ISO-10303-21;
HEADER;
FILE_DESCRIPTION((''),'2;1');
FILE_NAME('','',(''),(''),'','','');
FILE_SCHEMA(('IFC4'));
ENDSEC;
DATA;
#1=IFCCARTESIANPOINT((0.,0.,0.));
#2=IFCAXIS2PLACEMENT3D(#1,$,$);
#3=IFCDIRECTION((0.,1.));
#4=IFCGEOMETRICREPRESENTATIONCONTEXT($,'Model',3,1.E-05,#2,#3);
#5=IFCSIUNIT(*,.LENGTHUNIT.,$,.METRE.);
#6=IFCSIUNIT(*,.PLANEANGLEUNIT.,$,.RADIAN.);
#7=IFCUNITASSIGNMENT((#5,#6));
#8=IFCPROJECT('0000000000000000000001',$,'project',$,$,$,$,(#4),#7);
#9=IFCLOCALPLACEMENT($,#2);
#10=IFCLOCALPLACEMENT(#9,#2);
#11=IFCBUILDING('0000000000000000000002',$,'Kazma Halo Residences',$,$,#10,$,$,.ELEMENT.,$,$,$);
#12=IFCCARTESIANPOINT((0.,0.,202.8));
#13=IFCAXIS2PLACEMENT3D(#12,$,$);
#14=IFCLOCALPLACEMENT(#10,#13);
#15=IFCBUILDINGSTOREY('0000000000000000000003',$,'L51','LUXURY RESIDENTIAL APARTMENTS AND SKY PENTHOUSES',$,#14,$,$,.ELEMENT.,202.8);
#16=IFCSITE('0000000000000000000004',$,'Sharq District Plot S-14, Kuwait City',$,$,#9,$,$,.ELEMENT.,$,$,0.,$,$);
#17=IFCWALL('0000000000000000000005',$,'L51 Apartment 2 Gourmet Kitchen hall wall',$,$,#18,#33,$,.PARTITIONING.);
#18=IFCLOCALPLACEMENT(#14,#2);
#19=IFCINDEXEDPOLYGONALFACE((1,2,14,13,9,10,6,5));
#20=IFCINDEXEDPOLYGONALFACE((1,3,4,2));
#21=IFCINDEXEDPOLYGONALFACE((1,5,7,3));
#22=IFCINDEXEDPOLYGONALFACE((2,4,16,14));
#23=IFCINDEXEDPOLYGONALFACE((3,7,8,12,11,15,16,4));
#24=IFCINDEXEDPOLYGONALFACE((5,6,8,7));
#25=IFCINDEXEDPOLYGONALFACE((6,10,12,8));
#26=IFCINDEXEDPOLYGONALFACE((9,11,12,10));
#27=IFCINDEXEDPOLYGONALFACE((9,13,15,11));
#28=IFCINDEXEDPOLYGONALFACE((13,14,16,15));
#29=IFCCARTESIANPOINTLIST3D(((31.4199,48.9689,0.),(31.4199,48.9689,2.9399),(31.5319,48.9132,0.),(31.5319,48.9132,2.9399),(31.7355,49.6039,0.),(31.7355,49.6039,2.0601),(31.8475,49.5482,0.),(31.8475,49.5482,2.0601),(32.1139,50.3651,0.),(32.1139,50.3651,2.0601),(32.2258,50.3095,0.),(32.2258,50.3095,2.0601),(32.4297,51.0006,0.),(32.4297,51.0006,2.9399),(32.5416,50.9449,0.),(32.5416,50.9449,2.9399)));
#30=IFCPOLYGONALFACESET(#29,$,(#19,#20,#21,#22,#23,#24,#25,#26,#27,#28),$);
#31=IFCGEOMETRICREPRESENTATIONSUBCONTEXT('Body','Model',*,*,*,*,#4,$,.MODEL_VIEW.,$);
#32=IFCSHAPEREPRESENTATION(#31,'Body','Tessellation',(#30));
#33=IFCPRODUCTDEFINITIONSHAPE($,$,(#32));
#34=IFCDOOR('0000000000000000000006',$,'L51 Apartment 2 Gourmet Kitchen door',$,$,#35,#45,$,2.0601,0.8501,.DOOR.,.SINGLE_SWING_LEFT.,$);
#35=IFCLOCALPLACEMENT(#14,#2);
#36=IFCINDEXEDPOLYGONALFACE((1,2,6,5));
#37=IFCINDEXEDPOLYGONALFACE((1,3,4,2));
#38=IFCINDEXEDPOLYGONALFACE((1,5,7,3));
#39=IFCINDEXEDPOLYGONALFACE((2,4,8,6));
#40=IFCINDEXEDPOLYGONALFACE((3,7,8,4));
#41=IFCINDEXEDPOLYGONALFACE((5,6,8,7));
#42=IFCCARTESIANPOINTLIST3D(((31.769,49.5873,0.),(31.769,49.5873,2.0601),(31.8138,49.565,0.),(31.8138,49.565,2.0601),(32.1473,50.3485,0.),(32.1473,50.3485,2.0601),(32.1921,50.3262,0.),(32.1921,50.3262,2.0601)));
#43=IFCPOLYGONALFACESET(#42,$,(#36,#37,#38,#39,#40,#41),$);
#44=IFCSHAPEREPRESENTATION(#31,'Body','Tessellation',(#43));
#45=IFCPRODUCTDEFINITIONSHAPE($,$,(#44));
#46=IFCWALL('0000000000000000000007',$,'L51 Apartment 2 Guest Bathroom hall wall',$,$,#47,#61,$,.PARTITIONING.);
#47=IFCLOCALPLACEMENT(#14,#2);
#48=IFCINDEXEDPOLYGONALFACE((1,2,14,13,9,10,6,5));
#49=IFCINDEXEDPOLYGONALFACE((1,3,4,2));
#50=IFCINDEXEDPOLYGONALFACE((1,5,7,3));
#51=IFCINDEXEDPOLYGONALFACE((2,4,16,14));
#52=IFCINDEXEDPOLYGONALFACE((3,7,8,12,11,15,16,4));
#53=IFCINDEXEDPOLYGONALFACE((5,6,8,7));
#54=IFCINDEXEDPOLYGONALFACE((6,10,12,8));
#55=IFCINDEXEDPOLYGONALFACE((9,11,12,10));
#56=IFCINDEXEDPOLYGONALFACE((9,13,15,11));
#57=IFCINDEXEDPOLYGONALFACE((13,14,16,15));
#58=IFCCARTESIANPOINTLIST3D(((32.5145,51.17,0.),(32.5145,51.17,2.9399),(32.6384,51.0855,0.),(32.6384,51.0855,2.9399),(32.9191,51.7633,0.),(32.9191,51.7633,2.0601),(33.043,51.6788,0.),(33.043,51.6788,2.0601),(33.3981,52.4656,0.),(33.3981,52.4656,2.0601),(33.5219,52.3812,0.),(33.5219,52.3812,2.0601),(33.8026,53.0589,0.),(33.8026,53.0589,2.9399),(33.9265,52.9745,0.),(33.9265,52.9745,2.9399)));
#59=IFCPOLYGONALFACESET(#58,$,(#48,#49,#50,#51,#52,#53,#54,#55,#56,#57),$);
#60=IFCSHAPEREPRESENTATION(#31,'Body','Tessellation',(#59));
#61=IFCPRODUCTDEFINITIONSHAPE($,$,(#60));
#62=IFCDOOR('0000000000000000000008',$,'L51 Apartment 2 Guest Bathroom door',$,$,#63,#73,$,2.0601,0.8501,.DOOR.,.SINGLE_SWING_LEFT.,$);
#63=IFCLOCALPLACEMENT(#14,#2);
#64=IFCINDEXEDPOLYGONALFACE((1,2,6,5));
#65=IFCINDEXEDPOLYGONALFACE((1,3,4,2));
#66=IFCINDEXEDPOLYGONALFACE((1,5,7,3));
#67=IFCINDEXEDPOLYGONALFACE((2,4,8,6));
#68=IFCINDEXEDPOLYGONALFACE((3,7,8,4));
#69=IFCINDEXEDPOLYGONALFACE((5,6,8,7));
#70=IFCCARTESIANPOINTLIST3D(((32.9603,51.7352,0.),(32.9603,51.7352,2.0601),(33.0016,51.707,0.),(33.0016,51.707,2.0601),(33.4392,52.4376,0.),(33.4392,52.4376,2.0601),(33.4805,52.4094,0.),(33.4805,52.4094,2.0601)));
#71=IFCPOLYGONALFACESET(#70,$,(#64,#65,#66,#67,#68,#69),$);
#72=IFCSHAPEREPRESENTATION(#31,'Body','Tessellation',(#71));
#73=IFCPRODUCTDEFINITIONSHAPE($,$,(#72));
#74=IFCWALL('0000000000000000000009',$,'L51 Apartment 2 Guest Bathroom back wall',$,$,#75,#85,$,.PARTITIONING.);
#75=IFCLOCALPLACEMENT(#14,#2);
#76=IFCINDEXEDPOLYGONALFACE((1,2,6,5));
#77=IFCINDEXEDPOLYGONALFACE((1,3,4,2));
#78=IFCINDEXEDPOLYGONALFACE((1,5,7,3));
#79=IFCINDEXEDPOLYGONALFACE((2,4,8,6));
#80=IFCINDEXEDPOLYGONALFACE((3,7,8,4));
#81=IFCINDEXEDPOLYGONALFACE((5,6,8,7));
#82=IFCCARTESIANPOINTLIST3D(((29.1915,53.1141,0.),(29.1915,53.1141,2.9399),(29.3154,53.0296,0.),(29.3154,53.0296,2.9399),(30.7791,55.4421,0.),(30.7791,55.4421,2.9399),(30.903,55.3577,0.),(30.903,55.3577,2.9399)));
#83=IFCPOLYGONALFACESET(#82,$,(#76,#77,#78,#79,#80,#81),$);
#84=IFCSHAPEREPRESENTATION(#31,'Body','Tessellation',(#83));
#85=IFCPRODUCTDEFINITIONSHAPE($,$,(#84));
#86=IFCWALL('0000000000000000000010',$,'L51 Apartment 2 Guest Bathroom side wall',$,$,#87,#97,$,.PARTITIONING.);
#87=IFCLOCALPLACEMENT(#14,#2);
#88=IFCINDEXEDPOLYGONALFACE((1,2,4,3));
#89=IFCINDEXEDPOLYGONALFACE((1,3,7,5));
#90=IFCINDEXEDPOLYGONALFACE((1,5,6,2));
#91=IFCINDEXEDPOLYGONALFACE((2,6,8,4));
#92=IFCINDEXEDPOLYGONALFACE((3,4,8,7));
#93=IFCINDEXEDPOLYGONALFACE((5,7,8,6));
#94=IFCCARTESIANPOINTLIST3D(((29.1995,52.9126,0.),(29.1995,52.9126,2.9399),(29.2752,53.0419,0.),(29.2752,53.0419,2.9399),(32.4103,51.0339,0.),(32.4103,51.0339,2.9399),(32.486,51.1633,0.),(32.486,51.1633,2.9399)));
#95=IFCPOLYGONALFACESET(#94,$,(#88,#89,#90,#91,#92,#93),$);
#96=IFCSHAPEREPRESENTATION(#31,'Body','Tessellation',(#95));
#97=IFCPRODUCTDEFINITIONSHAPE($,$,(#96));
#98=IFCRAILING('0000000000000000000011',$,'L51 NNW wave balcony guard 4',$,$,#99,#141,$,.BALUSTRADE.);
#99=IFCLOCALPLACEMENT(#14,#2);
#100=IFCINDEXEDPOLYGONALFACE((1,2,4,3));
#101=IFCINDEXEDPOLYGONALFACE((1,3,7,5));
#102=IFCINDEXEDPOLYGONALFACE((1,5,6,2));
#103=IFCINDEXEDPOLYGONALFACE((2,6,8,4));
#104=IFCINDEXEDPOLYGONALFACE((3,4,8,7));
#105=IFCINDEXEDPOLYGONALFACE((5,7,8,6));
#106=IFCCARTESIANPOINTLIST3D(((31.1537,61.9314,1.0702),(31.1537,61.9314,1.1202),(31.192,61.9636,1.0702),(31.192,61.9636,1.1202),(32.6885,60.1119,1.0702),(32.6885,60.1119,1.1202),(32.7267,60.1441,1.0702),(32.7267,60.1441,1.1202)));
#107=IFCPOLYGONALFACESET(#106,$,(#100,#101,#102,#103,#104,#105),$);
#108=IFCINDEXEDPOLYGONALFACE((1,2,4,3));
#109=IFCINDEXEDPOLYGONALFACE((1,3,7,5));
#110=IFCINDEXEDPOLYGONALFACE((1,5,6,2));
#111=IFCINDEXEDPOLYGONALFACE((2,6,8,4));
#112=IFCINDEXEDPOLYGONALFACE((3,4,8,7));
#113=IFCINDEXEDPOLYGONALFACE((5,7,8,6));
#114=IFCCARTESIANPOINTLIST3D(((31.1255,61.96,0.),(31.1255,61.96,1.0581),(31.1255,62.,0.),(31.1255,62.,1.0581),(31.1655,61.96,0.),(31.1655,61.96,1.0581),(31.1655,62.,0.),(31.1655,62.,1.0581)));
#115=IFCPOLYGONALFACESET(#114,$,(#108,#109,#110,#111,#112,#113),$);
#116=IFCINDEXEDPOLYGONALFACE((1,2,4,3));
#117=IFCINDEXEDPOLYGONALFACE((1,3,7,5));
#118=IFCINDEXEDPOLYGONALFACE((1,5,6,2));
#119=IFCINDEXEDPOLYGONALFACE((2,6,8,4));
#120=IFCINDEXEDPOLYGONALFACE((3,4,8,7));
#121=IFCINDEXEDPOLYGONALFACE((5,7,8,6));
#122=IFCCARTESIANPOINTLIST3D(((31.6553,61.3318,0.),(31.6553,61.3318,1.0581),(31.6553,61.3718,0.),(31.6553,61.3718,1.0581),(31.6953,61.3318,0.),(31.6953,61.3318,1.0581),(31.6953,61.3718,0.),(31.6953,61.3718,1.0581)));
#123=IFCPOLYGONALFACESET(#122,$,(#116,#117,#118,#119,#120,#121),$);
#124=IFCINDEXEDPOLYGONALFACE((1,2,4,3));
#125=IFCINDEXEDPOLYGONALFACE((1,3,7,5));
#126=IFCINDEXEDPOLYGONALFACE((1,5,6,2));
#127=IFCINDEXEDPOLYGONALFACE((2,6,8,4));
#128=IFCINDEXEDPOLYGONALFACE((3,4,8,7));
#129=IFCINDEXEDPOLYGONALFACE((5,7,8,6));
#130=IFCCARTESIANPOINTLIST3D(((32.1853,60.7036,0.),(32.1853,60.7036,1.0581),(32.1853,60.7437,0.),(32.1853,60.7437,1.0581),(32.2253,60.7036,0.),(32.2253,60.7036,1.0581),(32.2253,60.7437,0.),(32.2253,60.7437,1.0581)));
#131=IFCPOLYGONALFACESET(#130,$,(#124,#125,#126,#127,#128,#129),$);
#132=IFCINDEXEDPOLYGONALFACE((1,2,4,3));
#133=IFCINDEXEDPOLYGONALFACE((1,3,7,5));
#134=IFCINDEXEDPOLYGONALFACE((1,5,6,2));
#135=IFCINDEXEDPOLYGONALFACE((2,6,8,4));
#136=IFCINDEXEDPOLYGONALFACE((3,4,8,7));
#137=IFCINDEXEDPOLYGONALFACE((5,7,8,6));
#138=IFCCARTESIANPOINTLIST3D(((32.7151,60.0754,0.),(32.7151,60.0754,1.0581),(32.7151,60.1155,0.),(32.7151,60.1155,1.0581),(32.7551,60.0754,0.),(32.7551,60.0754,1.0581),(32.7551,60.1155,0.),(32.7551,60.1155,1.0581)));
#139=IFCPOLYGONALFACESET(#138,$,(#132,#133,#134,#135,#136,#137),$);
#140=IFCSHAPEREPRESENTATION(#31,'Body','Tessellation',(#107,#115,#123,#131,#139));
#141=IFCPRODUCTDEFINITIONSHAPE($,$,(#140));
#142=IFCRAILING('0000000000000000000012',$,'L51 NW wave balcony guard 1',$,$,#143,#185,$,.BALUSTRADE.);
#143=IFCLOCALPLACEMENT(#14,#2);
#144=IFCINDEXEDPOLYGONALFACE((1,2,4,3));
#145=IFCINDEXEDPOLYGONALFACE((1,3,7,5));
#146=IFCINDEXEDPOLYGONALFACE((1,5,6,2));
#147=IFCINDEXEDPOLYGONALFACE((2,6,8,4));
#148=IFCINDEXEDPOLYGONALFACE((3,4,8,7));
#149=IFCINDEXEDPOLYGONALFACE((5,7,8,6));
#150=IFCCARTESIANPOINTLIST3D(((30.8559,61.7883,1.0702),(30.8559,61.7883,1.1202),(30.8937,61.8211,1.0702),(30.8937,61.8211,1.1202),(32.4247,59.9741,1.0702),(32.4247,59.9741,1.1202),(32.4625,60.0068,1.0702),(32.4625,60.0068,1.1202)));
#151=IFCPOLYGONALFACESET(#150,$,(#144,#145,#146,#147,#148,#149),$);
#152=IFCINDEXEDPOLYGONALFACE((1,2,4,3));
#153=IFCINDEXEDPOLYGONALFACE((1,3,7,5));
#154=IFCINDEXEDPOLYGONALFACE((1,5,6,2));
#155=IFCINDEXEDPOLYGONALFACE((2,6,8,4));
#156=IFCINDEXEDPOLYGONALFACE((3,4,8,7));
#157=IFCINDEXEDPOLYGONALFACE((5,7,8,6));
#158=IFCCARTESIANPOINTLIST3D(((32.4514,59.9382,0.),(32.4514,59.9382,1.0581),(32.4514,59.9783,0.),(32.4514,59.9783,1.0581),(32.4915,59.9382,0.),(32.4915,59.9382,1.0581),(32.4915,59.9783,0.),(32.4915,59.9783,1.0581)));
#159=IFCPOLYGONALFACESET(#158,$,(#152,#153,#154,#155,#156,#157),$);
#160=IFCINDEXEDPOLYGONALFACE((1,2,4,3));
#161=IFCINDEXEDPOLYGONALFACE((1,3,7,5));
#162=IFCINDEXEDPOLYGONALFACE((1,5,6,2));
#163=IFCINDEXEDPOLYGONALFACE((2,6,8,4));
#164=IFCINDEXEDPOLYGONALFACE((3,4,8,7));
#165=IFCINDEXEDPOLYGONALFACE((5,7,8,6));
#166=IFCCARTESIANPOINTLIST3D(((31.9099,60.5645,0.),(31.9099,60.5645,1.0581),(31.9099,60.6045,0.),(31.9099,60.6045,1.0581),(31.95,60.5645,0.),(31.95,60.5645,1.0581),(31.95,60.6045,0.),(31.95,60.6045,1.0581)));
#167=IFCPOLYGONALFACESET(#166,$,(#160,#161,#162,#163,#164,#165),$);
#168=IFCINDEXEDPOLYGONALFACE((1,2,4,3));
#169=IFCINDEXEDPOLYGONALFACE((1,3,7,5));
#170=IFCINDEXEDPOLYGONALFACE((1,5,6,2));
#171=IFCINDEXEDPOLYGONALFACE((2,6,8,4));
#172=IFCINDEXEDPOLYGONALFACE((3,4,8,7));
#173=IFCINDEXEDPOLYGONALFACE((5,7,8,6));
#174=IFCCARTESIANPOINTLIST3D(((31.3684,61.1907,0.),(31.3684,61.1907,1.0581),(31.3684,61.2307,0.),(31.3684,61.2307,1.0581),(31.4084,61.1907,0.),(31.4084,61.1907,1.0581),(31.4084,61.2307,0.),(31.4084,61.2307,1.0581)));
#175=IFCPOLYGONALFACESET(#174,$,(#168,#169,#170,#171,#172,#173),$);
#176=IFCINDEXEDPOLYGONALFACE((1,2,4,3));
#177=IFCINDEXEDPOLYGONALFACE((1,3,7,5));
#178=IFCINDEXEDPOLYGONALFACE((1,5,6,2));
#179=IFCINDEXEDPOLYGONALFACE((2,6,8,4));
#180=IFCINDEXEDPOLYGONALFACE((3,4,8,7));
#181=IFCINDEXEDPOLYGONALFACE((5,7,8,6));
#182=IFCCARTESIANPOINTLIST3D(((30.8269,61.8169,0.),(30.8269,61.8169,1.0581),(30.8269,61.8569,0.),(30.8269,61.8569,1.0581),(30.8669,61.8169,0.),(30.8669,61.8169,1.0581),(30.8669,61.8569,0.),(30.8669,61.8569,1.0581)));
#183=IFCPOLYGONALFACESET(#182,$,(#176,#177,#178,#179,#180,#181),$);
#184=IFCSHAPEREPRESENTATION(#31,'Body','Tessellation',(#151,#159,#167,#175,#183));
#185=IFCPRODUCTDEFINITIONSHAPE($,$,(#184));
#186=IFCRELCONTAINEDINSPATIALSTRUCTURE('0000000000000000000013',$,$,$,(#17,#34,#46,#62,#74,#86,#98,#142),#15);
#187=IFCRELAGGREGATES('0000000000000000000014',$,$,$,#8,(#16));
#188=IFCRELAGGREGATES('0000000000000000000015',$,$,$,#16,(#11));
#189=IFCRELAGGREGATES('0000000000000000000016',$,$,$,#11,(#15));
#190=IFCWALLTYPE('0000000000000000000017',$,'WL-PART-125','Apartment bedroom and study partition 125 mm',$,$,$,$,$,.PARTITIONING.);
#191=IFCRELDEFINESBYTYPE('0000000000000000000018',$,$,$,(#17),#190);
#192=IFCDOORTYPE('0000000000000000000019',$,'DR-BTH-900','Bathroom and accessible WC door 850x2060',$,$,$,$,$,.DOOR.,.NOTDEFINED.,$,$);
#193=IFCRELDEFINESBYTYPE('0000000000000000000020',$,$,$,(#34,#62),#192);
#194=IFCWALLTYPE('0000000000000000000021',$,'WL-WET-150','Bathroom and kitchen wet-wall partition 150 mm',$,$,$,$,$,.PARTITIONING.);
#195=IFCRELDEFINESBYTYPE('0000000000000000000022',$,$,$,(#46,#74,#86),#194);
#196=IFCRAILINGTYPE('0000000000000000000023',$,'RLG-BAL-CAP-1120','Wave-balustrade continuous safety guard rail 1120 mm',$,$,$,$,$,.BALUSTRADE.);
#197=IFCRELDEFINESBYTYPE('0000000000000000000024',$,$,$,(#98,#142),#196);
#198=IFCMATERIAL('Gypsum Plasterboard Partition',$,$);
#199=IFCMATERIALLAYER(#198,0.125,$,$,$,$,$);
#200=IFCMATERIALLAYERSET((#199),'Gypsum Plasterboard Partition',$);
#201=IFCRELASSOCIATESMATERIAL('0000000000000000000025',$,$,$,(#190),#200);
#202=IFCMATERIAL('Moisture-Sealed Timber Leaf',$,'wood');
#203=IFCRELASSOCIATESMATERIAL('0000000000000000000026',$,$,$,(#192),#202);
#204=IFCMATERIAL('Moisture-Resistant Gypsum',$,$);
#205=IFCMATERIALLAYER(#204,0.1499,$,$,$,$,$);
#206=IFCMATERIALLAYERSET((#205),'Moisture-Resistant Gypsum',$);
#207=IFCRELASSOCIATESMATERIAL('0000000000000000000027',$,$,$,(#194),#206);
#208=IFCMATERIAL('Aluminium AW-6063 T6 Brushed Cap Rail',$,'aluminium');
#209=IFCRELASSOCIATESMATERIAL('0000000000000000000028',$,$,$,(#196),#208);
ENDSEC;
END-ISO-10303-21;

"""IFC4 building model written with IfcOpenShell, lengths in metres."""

from ifc_helpers import new_model, si_unit, direction, frame, frame_2d, origin, origin_2d, place, context, subcontext, project, spatial, rectangle, extrude, material, layer, layer_set, type_object, element, fill, save


model = new_model("IFC4")

# Units and contexts
model_context = context("Model", 3, precision=1e-05, world=origin(), true_north=direction((0.0, 1.0)))
body_context = subcontext(model_context, "Body", "Model", "MODEL_VIEW")
ifc_project = project(units=[si_unit("LENGTHUNIT", "METRE"), si_unit("PLANEANGLEUNIT", "RADIAN")], contexts=[model_context])

# Site, building, storey
site_placement = place(None, origin())
site = spatial("IfcSite", under=ifc_project, at=site_placement, Name="Sharq District Plot S-14, Kuwait City", CompositionType="ELEMENT", RefElevation=0.0)
building_placement = place(site_placement, origin())
building = spatial("IfcBuilding", under=site, at=building_placement, Name="Kazma Halo Residences", CompositionType="ELEMENT")
storey_placement = place(building_placement, frame((0.0, 0.0, 202.8)))
storey = spatial("IfcBuildingStorey", under=building, at=storey_placement, Name="L51", Description="LUXURY RESIDENTIAL APARTMENTS AND SKY PENTHOUSES", CompositionType="ELEMENT", Elevation=202.8)

# Shared definitions
ifc_material_1 = material(Name="Gypsum Plasterboard Partition")
ifc_layer_1 = layer(ifc_material_1, 0.125)
ifc_layer_set_1 = layer_set([ifc_layer_1], Name="Gypsum Plasterboard Partition")
wall_type_1 = type_object("IfcWallType", Name="WL-PART-125", Description="Apartment bedroom and study partition 125 mm", PredefinedType="PARTITIONING", material=ifc_layer_set_1)

# Walls, openings, doors
ifc_material_2 = material(Name="Moisture-Sealed Timber Leaf", Category="wood")
door_type_1 = type_object("IfcDoorType", Name="DR-BTH-900", Description="Bathroom and accessible WC door 850x2060", OperationType="NOTDEFINED", PredefinedType="DOOR", material=ifc_material_2)
wall_1_placement = place(storey_placement, frame((32.4856, 50.9727, 0.0), z_axis=(0.0, 0.0, 1.0), x_axis=(-0.44506, -0.895501, 0.0)))
wall_1 = element("IfcWall", 1, at=wall_1_placement, inside=storey, type_object=wall_type_1, Name="L51 Apartment 2 Gourmet Kitchen hall wall", PredefinedType="PARTITIONING", context=body_context, shape_type="SweptSolid", body=[
    extrude(rectangle(XDim=2.2688, YDim=0.125, at=frame_2d((1.1343, 0.0))), origin(), (0.0, 0.0, 1.0), 2.9399),
])
opening_1_placement = place(wall_1_placement, frame((0.7095, 0.0, 0.0)))
opening_1 = element("IfcOpeningElement", 2, at=opening_1_placement, cuts=wall_1, PredefinedType="OPENING", context=body_context, shape_type="SweptSolid", body=[
    extrude(rectangle(XDim=0.8501, YDim=2.0601, at=frame_2d((0.425, 1.03))), frame((0.0, 0.0725, 0.0), z_axis=(0.0, -1.0, 0.0), x_axis=(1.0, 0.0, 0.0)), (0.0, 0.0, 1.0), 0.145),
])
door_1_placement = place(opening_1_placement, origin())
door_1 = element("IfcDoor", 3, at=door_1_placement, inside=storey, type_object=door_type_1, Name="L51 Apartment 2 Gourmet Kitchen door", OperationType="SINGLE_SWING_LEFT", OverallHeight=2.0601, OverallWidth=0.8501, PredefinedType="DOOR", context=body_context, shape_type="SweptSolid", body=[
    extrude(rectangle(XDim=0.8501, YDim=2.0601, at=frame_2d((0.425, 1.03))), frame((0.0, 0.0249, 0.0), z_axis=(0.0, -1.0, 0.0), x_axis=(1.0, 0.0, 0.0)), (0.0, 0.0, 1.0), 0.05),
])
fill(opening_1, door_1)
ifc_material_3 = material(Name="Moisture-Resistant Gypsum")
ifc_layer_2 = layer(ifc_material_3, 0.1499)
ifc_layer_set_2 = layer_set([ifc_layer_2], Name="Moisture-Resistant Gypsum")
wall_type_2 = type_object("IfcWallType", Name="WL-WET-150", Description="Bathroom and kitchen wet-wall partition 150 mm", PredefinedType="PARTITIONING", material=ifc_layer_set_2)
wall_2_placement = place(storey_placement, frame((33.8645, 53.0166, 0.0), z_axis=(0.0, 0.0, 1.0), x_axis=(-0.563393, -0.826189, 0.0)))
wall_2 = element("IfcWall", 4, at=wall_2_placement, inside=storey, type_object=wall_type_2, Name="L51 Apartment 2 Guest Bathroom hall wall", PredefinedType="PARTITIONING", context=body_context, shape_type="SweptSolid", body=[
    extrude(rectangle(XDim=2.2864, YDim=0.1499, at=frame_2d((1.1431, 0.0))), origin(), (0.0, 0.0, 1.0), 2.9399),
])
opening_2_placement = place(wall_2_placement, frame((0.718, 0.0, 0.0)))
opening_2 = element("IfcOpeningElement", 5, at=opening_2_placement, cuts=wall_2, PredefinedType="OPENING", context=body_context, shape_type="SweptSolid", body=[
    extrude(rectangle(XDim=0.8501, YDim=2.0601, at=frame_2d((0.425, 1.03))), frame((0.0, 0.085, 0.0), z_axis=(0.0, -1.0, 0.0), x_axis=(1.0, 0.0, 0.0)), (0.0, 0.0, 1.0), 0.1699),
])
door_2_placement = place(opening_2_placement, origin())
door_2 = element("IfcDoor", 6, at=door_2_placement, inside=storey, type_object=door_type_1, Name="L51 Apartment 2 Guest Bathroom door", OperationType="SINGLE_SWING_LEFT", OverallHeight=2.0601, OverallWidth=0.8501, PredefinedType="DOOR", context=body_context, shape_type="SweptSolid", body=[
    extrude(rectangle(XDim=0.8501, YDim=2.0601, at=frame_2d((0.425, 1.03))), frame((0.0, 0.0249, 0.0), z_axis=(0.0, -1.0, 0.0), x_axis=(1.0, 0.0, 0.0)), (0.0, 0.0, 1.0), 0.05),
])
fill(opening_2, door_2)

# Walls
wall_3_placement = place(storey_placement, frame((30.8411, 55.3999, 0.0), z_axis=(0.0, 0.0, 1.0), x_axis=(-0.563407, -0.82618, 0.0)))
element("IfcWall", 7, at=wall_3_placement, inside=storey, type_object=wall_type_2, Name="L51 Apartment 2 Guest Bathroom back wall", PredefinedType="PARTITIONING", context=body_context, shape_type="SweptSolid", body=[
    extrude(rectangle(XDim=2.8179, YDim=0.1499, at=frame_2d((1.4089, 0.0))), origin(), (0.0, 0.0, 1.0), 2.9399),
])
wall_4_placement = place(storey_placement, frame((32.448, 51.0986, 0.0), z_axis=(0.0, 0.0, 1.0), x_axis=(-0.863104, 0.505025, 0.0)))
element("IfcWall", 8, at=wall_4_placement, inside=storey, type_object=wall_type_2, Name="L51 Apartment 2 Guest Bathroom side wall", PredefinedType="PARTITIONING", context=body_context, shape_type="SweptSolid", body=[
    extrude(rectangle(XDim=3.72, YDim=0.1499, at=frame_2d((1.8599, 0.0))), origin(), (0.0, 0.0, 1.0), 2.9399),
])

# Railings
ifc_material_4 = material(Name="Aluminium AW-6063 T6 Brushed Cap Rail", Category="aluminium")
railing_type = type_object("IfcRailingType", Name="RLG-BAL-CAP-1120", Description="Wave-balustrade continuous safety guard rail 1120 mm", PredefinedType="BALUSTRADE", material=ifc_material_4)
railing_1_placement = place(storey_placement, frame((31.1455, 61.98, 0.0)))
element("IfcRailing", 9, at=railing_1_placement, inside=storey, type_object=railing_type, Name="L51 NNW wave balcony guard 4", PredefinedType="BALUSTRADE", context=body_context, shape_type="SweptSolid", body=[
    extrude(rectangle(XDim=0.05, YDim=0.05, at=origin_2d()), frame((0.0273, -0.0325, 1.0952), z_axis=(0.644761, -0.764385, 0.0), x_axis=(0.764385, 0.644761, 0.0)), (0.0, 0.0, 1.0), 2.3804),
    extrude(rectangle(XDim=0.04, YDim=0.04, at=origin_2d()), origin(), (0.0, 0.0, 1.0), 1.0581),
    extrude(rectangle(XDim=0.04, YDim=0.04, at=origin_2d()), frame((0.5298, -0.6282, 0.0)), (0.0, 0.0, 1.0), 1.0581),
    extrude(rectangle(XDim=0.04, YDim=0.04, at=origin_2d()), frame((1.0598, -1.2563, 0.0)), (0.0, 0.0, 1.0), 1.0581),
    extrude(rectangle(XDim=0.04, YDim=0.04, at=origin_2d()), frame((1.5896, -1.8845, 0.0)), (0.0, 0.0, 1.0), 1.0581),
])
railing_2_placement = place(storey_placement, frame((32.4714, 59.9583, 0.0)))
element("IfcRailing", 10, at=railing_2_placement, inside=storey, type_object=railing_type, Name="L51 NW wave balcony guard 1", PredefinedType="BALUSTRADE", context=body_context, shape_type="SweptSolid", body=[
    extrude(rectangle(XDim=0.05, YDim=0.05, at=origin_2d()), frame((-0.0278, 0.0322, 1.0952), z_axis=(-0.654088, 0.756418, 0.0), x_axis=(-0.756418, -0.654088, 0.0)), (0.0, 0.0, 1.0), 2.3984),
    extrude(rectangle(XDim=0.04, YDim=0.04, at=origin_2d()), origin(), (0.0, 0.0, 1.0), 1.0581),
    extrude(rectangle(XDim=0.04, YDim=0.04, at=origin_2d()), frame((-0.5415, 0.6262, 0.0)), (0.0, 0.0, 1.0), 1.0581),
    extrude(rectangle(XDim=0.04, YDim=0.04, at=origin_2d()), frame((-1.083, 1.2524, 0.0)), (0.0, 0.0, 1.0), 1.0581),
    extrude(rectangle(XDim=0.04, YDim=0.04, at=origin_2d()), frame((-1.6245, 1.8787, 0.0)), (0.0, 0.0, 1.0), 1.0581),
])

save(model, "model.ifc")
